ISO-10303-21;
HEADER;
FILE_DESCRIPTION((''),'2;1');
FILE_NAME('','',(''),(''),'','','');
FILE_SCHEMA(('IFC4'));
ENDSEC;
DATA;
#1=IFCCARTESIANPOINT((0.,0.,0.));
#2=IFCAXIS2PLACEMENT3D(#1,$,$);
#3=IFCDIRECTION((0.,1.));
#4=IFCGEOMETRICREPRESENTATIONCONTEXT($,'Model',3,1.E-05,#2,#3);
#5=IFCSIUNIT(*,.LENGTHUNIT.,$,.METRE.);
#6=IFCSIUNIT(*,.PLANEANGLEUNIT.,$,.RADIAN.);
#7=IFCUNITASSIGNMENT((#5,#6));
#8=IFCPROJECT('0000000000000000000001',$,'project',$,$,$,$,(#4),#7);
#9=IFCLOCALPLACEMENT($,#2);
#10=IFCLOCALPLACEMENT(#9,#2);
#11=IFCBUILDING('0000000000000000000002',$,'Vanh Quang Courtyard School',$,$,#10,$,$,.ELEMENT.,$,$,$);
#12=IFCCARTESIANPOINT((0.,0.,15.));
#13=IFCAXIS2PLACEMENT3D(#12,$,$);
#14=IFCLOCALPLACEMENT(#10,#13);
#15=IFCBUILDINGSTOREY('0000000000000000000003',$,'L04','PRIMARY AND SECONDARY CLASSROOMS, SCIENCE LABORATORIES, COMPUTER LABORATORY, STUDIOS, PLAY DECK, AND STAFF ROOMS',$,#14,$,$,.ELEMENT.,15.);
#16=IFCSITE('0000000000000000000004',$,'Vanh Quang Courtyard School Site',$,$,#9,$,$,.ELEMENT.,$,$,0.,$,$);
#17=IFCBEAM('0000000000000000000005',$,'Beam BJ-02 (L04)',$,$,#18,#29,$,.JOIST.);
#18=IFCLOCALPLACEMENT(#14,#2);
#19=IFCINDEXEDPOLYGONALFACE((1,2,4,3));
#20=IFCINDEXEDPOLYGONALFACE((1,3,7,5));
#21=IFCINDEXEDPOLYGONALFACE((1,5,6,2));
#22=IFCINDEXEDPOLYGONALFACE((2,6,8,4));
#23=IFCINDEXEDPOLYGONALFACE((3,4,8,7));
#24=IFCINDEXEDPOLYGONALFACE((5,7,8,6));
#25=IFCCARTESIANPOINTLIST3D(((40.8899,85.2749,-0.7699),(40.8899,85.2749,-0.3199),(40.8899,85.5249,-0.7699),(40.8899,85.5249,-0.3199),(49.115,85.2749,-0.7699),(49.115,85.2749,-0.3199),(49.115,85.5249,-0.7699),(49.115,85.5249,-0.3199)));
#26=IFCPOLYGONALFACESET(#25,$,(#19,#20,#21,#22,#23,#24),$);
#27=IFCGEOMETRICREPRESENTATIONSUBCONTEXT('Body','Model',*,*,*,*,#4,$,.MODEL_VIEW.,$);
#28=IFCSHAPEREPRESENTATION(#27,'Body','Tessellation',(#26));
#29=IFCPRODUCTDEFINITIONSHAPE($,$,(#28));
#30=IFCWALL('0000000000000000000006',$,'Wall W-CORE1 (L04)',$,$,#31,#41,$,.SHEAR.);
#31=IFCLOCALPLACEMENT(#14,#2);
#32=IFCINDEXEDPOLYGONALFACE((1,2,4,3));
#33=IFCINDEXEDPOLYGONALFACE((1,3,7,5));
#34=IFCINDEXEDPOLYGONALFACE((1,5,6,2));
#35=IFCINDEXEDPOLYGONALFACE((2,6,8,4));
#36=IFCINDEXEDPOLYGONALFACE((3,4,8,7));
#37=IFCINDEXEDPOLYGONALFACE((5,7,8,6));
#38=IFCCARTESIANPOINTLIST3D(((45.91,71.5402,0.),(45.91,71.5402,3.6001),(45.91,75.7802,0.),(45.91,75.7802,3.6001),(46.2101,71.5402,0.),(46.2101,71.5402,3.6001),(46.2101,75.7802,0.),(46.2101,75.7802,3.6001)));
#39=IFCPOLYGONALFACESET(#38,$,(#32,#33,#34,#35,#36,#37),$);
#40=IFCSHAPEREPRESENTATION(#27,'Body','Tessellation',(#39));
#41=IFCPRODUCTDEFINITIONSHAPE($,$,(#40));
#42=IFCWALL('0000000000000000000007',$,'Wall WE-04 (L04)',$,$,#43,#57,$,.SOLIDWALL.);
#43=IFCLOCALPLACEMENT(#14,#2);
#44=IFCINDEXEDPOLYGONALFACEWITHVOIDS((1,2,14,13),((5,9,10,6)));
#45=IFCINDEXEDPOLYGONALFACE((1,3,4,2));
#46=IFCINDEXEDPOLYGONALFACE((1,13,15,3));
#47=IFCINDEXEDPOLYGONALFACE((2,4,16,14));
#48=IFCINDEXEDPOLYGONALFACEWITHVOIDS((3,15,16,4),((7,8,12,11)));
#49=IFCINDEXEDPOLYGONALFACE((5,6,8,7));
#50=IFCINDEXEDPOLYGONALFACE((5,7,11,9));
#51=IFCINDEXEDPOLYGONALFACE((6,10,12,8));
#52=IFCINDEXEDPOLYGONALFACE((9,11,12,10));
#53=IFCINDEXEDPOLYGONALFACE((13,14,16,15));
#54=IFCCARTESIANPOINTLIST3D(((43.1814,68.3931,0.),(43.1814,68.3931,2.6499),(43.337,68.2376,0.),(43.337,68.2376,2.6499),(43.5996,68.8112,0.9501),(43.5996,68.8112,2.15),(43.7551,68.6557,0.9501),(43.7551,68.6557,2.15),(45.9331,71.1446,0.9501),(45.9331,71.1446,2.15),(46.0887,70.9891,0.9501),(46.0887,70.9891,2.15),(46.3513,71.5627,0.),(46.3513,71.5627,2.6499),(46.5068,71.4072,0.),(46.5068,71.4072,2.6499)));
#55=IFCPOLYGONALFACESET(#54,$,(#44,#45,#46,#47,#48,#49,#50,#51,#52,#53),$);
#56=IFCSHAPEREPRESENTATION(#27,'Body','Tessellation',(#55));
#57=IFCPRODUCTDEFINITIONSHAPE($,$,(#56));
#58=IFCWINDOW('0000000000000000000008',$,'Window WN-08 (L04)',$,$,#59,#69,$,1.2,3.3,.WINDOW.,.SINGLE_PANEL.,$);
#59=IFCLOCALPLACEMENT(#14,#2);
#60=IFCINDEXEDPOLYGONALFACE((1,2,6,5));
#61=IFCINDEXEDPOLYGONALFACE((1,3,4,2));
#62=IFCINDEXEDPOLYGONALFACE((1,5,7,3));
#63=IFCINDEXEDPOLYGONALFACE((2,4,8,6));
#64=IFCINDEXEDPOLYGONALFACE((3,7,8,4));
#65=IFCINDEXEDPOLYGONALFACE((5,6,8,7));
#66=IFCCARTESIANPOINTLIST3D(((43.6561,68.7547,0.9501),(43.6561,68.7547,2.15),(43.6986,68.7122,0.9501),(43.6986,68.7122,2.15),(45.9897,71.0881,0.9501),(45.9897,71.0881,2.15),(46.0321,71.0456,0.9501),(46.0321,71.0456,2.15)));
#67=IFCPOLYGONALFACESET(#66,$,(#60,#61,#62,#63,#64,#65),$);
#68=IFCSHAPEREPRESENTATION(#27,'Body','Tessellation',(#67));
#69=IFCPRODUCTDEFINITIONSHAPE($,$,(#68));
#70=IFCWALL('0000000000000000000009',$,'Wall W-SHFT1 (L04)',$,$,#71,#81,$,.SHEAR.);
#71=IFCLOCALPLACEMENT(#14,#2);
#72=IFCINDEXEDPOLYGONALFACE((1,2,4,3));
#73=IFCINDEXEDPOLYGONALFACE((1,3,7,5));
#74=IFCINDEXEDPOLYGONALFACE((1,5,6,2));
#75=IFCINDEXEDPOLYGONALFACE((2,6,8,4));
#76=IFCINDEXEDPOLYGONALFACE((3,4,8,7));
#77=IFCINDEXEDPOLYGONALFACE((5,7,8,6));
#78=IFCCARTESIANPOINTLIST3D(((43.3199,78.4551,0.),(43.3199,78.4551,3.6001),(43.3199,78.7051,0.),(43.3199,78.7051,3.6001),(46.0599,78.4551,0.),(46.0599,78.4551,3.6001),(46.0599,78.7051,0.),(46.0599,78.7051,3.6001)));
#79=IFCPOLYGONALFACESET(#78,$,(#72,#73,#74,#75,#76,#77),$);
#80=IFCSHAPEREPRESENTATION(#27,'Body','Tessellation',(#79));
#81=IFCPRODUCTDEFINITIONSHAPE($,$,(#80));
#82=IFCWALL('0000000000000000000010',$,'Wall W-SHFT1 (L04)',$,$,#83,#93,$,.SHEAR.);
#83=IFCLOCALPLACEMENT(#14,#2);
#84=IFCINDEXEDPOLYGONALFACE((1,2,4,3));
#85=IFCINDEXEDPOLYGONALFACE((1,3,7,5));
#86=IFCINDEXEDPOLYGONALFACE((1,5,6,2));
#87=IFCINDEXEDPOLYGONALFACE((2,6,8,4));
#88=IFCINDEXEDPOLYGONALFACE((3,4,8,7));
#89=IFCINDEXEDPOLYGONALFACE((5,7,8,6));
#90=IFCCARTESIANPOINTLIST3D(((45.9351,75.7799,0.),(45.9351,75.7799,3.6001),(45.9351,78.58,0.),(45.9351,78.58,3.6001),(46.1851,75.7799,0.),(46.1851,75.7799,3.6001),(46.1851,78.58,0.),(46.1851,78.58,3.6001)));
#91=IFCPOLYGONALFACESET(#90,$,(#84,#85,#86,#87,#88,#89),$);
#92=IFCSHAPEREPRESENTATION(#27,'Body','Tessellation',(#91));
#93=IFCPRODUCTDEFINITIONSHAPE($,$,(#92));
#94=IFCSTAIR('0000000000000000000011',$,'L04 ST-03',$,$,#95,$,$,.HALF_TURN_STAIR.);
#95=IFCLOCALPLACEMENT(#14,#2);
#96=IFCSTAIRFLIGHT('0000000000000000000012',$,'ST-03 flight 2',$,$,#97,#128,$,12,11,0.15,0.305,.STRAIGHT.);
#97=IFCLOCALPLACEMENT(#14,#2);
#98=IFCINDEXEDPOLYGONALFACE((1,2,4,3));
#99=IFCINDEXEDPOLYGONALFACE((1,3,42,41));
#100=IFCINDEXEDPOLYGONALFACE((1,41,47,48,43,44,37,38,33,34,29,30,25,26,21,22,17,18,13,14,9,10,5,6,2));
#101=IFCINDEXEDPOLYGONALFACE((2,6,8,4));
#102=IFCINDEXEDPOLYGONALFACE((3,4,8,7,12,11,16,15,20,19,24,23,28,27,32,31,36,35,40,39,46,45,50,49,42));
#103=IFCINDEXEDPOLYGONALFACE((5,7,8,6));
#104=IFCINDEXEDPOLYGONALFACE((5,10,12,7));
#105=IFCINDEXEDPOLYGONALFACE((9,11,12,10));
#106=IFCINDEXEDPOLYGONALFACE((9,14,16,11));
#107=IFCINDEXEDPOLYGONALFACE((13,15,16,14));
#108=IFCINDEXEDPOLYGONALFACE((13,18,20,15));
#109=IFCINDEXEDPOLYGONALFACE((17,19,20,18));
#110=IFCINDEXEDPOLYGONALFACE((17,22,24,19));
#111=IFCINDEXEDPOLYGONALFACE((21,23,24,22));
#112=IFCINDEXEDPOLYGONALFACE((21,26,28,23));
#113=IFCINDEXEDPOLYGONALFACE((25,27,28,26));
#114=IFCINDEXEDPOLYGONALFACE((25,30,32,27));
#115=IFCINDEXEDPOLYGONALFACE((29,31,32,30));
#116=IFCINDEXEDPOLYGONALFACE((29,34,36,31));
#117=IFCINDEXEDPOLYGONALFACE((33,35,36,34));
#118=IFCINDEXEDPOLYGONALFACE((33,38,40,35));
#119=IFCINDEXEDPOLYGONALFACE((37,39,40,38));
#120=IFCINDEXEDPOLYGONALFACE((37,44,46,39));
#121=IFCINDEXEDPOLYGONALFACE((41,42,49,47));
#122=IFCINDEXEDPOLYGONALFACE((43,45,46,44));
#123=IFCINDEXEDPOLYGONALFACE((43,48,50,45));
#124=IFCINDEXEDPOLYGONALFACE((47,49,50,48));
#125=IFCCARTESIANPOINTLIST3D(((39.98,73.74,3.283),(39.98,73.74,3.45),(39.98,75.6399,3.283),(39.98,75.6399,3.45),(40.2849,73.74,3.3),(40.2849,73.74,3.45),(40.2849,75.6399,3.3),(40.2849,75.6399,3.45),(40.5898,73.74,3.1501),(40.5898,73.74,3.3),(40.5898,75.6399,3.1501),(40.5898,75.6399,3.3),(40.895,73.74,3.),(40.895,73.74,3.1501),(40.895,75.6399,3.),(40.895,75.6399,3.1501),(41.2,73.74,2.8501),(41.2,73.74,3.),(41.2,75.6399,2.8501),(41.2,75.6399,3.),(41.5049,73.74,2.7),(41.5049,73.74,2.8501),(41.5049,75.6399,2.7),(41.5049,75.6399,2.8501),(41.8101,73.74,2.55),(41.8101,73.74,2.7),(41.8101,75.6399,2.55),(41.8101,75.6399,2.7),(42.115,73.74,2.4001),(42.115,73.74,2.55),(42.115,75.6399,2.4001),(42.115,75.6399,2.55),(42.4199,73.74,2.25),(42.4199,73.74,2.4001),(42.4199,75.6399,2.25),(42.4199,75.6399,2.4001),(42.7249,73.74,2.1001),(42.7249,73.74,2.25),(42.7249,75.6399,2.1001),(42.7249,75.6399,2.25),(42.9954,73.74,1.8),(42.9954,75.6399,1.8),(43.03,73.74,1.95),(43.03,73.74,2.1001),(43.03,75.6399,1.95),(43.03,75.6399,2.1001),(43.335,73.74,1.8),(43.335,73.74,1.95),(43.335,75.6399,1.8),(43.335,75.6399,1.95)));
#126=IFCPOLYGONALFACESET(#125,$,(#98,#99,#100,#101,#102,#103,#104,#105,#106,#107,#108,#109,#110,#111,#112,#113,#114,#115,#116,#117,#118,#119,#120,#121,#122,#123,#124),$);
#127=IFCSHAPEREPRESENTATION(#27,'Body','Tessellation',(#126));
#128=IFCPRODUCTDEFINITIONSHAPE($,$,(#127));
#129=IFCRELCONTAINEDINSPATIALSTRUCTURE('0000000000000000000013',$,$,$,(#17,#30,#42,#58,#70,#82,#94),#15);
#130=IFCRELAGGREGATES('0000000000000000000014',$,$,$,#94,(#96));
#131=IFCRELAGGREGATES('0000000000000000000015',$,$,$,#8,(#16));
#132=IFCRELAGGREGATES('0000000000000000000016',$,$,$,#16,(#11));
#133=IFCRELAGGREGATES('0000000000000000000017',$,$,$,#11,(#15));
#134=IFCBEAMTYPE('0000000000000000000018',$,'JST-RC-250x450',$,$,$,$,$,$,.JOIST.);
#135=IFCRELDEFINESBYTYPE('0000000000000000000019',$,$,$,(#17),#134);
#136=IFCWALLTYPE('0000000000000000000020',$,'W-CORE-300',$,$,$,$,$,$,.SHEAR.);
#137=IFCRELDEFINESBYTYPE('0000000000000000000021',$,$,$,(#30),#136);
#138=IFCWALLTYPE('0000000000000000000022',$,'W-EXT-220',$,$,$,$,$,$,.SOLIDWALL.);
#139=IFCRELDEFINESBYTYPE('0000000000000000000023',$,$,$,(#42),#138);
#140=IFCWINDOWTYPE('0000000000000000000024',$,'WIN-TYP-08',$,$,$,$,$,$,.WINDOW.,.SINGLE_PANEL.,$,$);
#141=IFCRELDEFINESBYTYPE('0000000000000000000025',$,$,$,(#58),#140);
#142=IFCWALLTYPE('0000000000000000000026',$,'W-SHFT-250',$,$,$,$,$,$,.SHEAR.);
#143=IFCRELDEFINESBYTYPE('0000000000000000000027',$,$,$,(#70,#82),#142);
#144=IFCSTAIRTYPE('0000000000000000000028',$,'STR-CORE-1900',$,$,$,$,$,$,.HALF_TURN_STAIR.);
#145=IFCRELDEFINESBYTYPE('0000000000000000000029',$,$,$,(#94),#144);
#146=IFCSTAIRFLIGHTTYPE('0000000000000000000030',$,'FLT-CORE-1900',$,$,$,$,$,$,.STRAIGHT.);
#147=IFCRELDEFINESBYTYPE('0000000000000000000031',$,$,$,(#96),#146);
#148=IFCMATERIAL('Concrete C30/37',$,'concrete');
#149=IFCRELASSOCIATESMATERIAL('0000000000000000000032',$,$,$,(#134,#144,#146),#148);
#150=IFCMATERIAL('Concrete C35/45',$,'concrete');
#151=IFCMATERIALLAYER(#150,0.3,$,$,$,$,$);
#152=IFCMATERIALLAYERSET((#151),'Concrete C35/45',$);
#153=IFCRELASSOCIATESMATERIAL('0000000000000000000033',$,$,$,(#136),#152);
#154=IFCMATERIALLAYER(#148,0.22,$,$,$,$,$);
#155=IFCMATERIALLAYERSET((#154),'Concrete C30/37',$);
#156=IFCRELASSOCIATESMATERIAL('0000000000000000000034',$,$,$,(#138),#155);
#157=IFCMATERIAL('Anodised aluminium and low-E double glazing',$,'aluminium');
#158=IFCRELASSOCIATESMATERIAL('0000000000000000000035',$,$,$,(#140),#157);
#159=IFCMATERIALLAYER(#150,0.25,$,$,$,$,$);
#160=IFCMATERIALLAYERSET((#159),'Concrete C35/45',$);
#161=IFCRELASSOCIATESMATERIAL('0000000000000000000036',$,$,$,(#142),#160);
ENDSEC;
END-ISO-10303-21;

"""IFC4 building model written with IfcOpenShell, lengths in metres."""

from ifc_helpers import new_model, si_unit, direction, frame, frame_2d, origin, origin_2d, place, context, subcontext, project, spatial, polyline, rectangle, outline, extrude, material, layer, layer_set, material_profile, profile_set, type_object, element, fill, aggregate, save


model = new_model("IFC4")

# Units and contexts
model_context = context("Model", 3, precision=1e-05, world=origin(), true_north=direction((0.0, 1.0)))
body_context = subcontext(model_context, "Body", "Model", "MODEL_VIEW")
ifc_project = project(units=[si_unit("LENGTHUNIT", "METRE"), si_unit("PLANEANGLEUNIT", "RADIAN")], contexts=[model_context])

# Site, building, storey
site_placement = place(None, origin())
site = spatial("IfcSite", under=ifc_project, at=site_placement, Name="Vanh Quang Courtyard School Site", CompositionType="ELEMENT", RefElevation=0.0)
building_placement = place(site_placement, origin())
building = spatial("IfcBuilding", under=site, at=building_placement, Name="Vanh Quang Courtyard School", CompositionType="ELEMENT")
storey_placement = place(building_placement, frame((0.0, 0.0, 15.0)))
storey = spatial("IfcBuildingStorey", under=building, at=storey_placement, Name="L04", Description="PRIMARY AND SECONDARY CLASSROOMS, SCIENCE LABORATORIES, COMPUTER LABORATORY, STUDIOS, PLAY DECK, AND STAFF ROOMS", CompositionType="ELEMENT", Elevation=15.0)

# Shared definitions
ifc_material_1 = material(Name="Concrete C35/45", Category="concrete")

# Beam
ifc_material_2 = material(Name="Concrete C30/37", Category="concrete")
ifc_material_profile_1 = material_profile(ifc_material_2, rectangle(XDim=0.25, YDim=0.45, at=origin_2d()), Name="RC-JST 250x450")
ifc_profile_set_1 = profile_set([ifc_material_profile_1], Name="Concrete C30/37")
beam_type_1 = type_object("IfcBeamType", Name="JST-RC-250x450", PredefinedType="JOIST", material=ifc_profile_set_1)
for number, where, z_axis, x_axis, name in (
    (1, (40.8899, 85.3999, -0.5449), (1.0, 0.0, 0.0), (0.0, 1.0, 0.0), "Beam BJ-02 (L04)"),
):
    element("IfcBeam", number, at=place(storey_placement, frame(where, z_axis=z_axis, x_axis=x_axis)), inside=storey, type_object=beam_type_1, Name=name, PredefinedType="JOIST", context=body_context, shape_type="SweptSolid", body=[
        extrude(rectangle(XDim=0.25, YDim=0.45, at=origin_2d()), origin(), (0.0, 0.0, 1.0), 8.2251),
    ])

# Wall
ifc_layer_1 = layer(ifc_material_1, 0.3)
ifc_layer_set_1 = layer_set([ifc_layer_1], Name="Concrete C35/45")
wall_type_1 = type_object("IfcWallType", Name="W-CORE-300", PredefinedType="SHEAR", material=ifc_layer_set_1)
wall_1_placement = place(storey_placement, frame((46.0601, 71.54, 0.0), z_axis=(0.0, 0.0, 1.0), x_axis=(0.0, 1.0, 0.0)))
element("IfcWall", 2, at=wall_1_placement, inside=storey, type_object=wall_type_1, Name="Wall W-CORE1 (L04)", PredefinedType="SHEAR", context=body_context, shape_type="SweptSolid", body=[
    extrude(rectangle(XDim=4.24, YDim=0.3, at=frame_2d((2.1201, 0.0))), origin(), (0.0, 0.0, 1.0), 3.6001),
])

# Wall, opening, window
ifc_layer_2 = layer(ifc_material_2, 0.22)
ifc_layer_set_2 = layer_set([ifc_layer_2], Name="Concrete C30/37")
wall_type_2 = type_object("IfcWallType", Name="W-EXT-220", PredefinedType="SOLIDWALL", material=ifc_layer_set_2)
wall_2_placement = place(storey_placement, frame((46.429, 71.4849, 0.0), z_axis=(0.0, 0.0, 1.0), x_axis=(-0.707134, -0.70708, 0.0)))
wall_2 = element("IfcWall", 3, at=wall_2_placement, inside=storey, type_object=wall_type_2, Name="Wall WE-04 (L04)", PredefinedType="SOLIDWALL", context=body_context, shape_type="SweptSolid", body=[
    extrude(rectangle(XDim=4.4827, YDim=0.22, at=frame_2d((2.2412, 0.0))), origin(), (0.0, 0.0, 1.0), 2.6499),
])
opening_1_placement = place(wall_2_placement, frame((0.5913, 0.0, 0.95)))
opening_1 = element("IfcOpeningElement", 4, at=opening_1_placement, cuts=wall_2, PredefinedType="OPENING", context=body_context, shape_type="SweptSolid", body=[
    extrude(rectangle(XDim=3.3, YDim=1.2, at=frame_2d((1.6499, 0.6001))), frame((0.0, 0.1201, 0.0), z_axis=(0.0, -1.0, 0.0), x_axis=(1.0, 0.0, 0.0)), (0.0, 0.0, 1.0), 0.24),
])
ifc_material_3 = material(Name="Anodised aluminium and low-E double glazing", Category="aluminium")
window_type = type_object("IfcWindowType", Name="WIN-TYP-08", PartitioningType="SINGLE_PANEL", PredefinedType="WINDOW", material=ifc_material_3)
window_placement = place(opening_1_placement, origin())
window = element("IfcWindow", 5, at=window_placement, inside=storey, type_object=window_type, Name="Window WN-08 (L04)", OverallHeight=1.2, OverallWidth=3.3, PartitioningType="SINGLE_PANEL", PredefinedType="WINDOW", context=body_context, shape_type="SweptSolid", body=[
    extrude(rectangle(XDim=3.3, YDim=1.2, at=frame_2d((1.6499, 0.6001))), frame((0.0, 0.03, 0.0), z_axis=(0.0, -1.0, 0.0), x_axis=(1.0, 0.0, 0.0)), (0.0, 0.0, 1.0), 0.0601),
])
fill(opening_1, window)

# Shared definitions
ifc_layer_3 = layer(ifc_material_1, 0.25)
ifc_layer_set_3 = layer_set([ifc_layer_3], Name="Concrete C35/45")
wall_type_3 = type_object("IfcWallType", Name="W-SHFT-250", PredefinedType="SHEAR", material=ifc_layer_set_3)

# Walls
wall_3_placement = place(storey_placement, frame((46.0601, 78.5801, 0.0), z_axis=(0.0, 0.0, 1.0), x_axis=(-1.0, 0.0, 0.0)))
element("IfcWall", 6, at=wall_3_placement, inside=storey, type_object=wall_type_3, Name="Wall W-SHFT1 (L04)", PredefinedType="SHEAR", context=body_context, shape_type="SweptSolid", body=[
    extrude(rectangle(XDim=2.74, YDim=0.25, at=frame_2d((1.3701, 0.0))), origin(), (0.0, 0.0, 1.0), 3.6001),
])
wall_4_placement = place(storey_placement, frame((46.0601, 75.78, 0.0), z_axis=(0.0, 0.0, 1.0), x_axis=(0.0, 1.0, 0.0)))
element("IfcWall", 7, at=wall_4_placement, inside=storey, type_object=wall_type_3, Name="Wall W-SHFT1 (L04)", PredefinedType="SHEAR", context=body_context, shape_type="SweptSolid", body=[
    extrude(rectangle(XDim=2.8, YDim=0.25, at=frame_2d((1.3999, 0.0))), origin(), (0.0, 0.0, 1.0), 3.6001),
])

# Stair, stair flight
stair_type = type_object("IfcStairType", Name="STR-CORE-1900", PredefinedType="HALF_TURN_STAIR", material=ifc_material_2)
stair_placement = place(storey_placement, origin())
stair = element("IfcStair", 8, at=stair_placement, inside=storey, type_object=stair_type, Name="L04 ST-03", PredefinedType="HALF_TURN_STAIR")
stair_flight_type = type_object("IfcStairFlightType", Name="FLT-CORE-1900", PredefinedType="STRAIGHT", material=ifc_material_2)
stair_flight_placement = place(storey_placement, frame((43.335, 74.6899, 1.8), z_axis=(0.0, 0.0, 1.0), x_axis=(-1.0, 0.0, 0.0)))
stair_flight = element("IfcStairFlight", 9, at=stair_flight_placement, type_object=stair_flight_type, Name="ST-03 flight 2", NumberOfRisers=12, NumberOfTreads=11, PredefinedType="STRAIGHT", RiserHeight=0.15, TreadLength=0.305, context=body_context, shape_type="SweptSolid", body=[
    extrude(outline(polyline([(0.0, 0.0), (0.0, 0.1499), (0.3049, 0.1499), (0.3049, 0.3), (0.6101, 0.3), (0.6101, 0.45), (0.915, 0.45), (0.915, 0.6001), (1.22, 0.6001), (1.22, 0.75), (1.5249, 0.75), (1.5249, 0.8999), (1.8301, 0.8999), (1.8301, 1.05), (2.135, 1.05), (2.135, 1.2), (2.4399, 1.2), (2.4399, 1.3501), (2.7451, 1.3501), (2.7451, 1.5), (3.05, 1.5), (3.05, 1.6499), (3.355, 1.6499), (3.355, 1.8), (3.355, 1.4829), (0.3396, 0.0), (0.0, 0.0)])), frame((0.0, 0.95, 0.0), z_axis=(0.0, -1.0, 0.0), x_axis=(1.0, 0.0, 0.0)), (0.0, 0.0, 1.0), 1.8999),
])
aggregate(stair, [stair_flight])

save(model, "model.ifc")
